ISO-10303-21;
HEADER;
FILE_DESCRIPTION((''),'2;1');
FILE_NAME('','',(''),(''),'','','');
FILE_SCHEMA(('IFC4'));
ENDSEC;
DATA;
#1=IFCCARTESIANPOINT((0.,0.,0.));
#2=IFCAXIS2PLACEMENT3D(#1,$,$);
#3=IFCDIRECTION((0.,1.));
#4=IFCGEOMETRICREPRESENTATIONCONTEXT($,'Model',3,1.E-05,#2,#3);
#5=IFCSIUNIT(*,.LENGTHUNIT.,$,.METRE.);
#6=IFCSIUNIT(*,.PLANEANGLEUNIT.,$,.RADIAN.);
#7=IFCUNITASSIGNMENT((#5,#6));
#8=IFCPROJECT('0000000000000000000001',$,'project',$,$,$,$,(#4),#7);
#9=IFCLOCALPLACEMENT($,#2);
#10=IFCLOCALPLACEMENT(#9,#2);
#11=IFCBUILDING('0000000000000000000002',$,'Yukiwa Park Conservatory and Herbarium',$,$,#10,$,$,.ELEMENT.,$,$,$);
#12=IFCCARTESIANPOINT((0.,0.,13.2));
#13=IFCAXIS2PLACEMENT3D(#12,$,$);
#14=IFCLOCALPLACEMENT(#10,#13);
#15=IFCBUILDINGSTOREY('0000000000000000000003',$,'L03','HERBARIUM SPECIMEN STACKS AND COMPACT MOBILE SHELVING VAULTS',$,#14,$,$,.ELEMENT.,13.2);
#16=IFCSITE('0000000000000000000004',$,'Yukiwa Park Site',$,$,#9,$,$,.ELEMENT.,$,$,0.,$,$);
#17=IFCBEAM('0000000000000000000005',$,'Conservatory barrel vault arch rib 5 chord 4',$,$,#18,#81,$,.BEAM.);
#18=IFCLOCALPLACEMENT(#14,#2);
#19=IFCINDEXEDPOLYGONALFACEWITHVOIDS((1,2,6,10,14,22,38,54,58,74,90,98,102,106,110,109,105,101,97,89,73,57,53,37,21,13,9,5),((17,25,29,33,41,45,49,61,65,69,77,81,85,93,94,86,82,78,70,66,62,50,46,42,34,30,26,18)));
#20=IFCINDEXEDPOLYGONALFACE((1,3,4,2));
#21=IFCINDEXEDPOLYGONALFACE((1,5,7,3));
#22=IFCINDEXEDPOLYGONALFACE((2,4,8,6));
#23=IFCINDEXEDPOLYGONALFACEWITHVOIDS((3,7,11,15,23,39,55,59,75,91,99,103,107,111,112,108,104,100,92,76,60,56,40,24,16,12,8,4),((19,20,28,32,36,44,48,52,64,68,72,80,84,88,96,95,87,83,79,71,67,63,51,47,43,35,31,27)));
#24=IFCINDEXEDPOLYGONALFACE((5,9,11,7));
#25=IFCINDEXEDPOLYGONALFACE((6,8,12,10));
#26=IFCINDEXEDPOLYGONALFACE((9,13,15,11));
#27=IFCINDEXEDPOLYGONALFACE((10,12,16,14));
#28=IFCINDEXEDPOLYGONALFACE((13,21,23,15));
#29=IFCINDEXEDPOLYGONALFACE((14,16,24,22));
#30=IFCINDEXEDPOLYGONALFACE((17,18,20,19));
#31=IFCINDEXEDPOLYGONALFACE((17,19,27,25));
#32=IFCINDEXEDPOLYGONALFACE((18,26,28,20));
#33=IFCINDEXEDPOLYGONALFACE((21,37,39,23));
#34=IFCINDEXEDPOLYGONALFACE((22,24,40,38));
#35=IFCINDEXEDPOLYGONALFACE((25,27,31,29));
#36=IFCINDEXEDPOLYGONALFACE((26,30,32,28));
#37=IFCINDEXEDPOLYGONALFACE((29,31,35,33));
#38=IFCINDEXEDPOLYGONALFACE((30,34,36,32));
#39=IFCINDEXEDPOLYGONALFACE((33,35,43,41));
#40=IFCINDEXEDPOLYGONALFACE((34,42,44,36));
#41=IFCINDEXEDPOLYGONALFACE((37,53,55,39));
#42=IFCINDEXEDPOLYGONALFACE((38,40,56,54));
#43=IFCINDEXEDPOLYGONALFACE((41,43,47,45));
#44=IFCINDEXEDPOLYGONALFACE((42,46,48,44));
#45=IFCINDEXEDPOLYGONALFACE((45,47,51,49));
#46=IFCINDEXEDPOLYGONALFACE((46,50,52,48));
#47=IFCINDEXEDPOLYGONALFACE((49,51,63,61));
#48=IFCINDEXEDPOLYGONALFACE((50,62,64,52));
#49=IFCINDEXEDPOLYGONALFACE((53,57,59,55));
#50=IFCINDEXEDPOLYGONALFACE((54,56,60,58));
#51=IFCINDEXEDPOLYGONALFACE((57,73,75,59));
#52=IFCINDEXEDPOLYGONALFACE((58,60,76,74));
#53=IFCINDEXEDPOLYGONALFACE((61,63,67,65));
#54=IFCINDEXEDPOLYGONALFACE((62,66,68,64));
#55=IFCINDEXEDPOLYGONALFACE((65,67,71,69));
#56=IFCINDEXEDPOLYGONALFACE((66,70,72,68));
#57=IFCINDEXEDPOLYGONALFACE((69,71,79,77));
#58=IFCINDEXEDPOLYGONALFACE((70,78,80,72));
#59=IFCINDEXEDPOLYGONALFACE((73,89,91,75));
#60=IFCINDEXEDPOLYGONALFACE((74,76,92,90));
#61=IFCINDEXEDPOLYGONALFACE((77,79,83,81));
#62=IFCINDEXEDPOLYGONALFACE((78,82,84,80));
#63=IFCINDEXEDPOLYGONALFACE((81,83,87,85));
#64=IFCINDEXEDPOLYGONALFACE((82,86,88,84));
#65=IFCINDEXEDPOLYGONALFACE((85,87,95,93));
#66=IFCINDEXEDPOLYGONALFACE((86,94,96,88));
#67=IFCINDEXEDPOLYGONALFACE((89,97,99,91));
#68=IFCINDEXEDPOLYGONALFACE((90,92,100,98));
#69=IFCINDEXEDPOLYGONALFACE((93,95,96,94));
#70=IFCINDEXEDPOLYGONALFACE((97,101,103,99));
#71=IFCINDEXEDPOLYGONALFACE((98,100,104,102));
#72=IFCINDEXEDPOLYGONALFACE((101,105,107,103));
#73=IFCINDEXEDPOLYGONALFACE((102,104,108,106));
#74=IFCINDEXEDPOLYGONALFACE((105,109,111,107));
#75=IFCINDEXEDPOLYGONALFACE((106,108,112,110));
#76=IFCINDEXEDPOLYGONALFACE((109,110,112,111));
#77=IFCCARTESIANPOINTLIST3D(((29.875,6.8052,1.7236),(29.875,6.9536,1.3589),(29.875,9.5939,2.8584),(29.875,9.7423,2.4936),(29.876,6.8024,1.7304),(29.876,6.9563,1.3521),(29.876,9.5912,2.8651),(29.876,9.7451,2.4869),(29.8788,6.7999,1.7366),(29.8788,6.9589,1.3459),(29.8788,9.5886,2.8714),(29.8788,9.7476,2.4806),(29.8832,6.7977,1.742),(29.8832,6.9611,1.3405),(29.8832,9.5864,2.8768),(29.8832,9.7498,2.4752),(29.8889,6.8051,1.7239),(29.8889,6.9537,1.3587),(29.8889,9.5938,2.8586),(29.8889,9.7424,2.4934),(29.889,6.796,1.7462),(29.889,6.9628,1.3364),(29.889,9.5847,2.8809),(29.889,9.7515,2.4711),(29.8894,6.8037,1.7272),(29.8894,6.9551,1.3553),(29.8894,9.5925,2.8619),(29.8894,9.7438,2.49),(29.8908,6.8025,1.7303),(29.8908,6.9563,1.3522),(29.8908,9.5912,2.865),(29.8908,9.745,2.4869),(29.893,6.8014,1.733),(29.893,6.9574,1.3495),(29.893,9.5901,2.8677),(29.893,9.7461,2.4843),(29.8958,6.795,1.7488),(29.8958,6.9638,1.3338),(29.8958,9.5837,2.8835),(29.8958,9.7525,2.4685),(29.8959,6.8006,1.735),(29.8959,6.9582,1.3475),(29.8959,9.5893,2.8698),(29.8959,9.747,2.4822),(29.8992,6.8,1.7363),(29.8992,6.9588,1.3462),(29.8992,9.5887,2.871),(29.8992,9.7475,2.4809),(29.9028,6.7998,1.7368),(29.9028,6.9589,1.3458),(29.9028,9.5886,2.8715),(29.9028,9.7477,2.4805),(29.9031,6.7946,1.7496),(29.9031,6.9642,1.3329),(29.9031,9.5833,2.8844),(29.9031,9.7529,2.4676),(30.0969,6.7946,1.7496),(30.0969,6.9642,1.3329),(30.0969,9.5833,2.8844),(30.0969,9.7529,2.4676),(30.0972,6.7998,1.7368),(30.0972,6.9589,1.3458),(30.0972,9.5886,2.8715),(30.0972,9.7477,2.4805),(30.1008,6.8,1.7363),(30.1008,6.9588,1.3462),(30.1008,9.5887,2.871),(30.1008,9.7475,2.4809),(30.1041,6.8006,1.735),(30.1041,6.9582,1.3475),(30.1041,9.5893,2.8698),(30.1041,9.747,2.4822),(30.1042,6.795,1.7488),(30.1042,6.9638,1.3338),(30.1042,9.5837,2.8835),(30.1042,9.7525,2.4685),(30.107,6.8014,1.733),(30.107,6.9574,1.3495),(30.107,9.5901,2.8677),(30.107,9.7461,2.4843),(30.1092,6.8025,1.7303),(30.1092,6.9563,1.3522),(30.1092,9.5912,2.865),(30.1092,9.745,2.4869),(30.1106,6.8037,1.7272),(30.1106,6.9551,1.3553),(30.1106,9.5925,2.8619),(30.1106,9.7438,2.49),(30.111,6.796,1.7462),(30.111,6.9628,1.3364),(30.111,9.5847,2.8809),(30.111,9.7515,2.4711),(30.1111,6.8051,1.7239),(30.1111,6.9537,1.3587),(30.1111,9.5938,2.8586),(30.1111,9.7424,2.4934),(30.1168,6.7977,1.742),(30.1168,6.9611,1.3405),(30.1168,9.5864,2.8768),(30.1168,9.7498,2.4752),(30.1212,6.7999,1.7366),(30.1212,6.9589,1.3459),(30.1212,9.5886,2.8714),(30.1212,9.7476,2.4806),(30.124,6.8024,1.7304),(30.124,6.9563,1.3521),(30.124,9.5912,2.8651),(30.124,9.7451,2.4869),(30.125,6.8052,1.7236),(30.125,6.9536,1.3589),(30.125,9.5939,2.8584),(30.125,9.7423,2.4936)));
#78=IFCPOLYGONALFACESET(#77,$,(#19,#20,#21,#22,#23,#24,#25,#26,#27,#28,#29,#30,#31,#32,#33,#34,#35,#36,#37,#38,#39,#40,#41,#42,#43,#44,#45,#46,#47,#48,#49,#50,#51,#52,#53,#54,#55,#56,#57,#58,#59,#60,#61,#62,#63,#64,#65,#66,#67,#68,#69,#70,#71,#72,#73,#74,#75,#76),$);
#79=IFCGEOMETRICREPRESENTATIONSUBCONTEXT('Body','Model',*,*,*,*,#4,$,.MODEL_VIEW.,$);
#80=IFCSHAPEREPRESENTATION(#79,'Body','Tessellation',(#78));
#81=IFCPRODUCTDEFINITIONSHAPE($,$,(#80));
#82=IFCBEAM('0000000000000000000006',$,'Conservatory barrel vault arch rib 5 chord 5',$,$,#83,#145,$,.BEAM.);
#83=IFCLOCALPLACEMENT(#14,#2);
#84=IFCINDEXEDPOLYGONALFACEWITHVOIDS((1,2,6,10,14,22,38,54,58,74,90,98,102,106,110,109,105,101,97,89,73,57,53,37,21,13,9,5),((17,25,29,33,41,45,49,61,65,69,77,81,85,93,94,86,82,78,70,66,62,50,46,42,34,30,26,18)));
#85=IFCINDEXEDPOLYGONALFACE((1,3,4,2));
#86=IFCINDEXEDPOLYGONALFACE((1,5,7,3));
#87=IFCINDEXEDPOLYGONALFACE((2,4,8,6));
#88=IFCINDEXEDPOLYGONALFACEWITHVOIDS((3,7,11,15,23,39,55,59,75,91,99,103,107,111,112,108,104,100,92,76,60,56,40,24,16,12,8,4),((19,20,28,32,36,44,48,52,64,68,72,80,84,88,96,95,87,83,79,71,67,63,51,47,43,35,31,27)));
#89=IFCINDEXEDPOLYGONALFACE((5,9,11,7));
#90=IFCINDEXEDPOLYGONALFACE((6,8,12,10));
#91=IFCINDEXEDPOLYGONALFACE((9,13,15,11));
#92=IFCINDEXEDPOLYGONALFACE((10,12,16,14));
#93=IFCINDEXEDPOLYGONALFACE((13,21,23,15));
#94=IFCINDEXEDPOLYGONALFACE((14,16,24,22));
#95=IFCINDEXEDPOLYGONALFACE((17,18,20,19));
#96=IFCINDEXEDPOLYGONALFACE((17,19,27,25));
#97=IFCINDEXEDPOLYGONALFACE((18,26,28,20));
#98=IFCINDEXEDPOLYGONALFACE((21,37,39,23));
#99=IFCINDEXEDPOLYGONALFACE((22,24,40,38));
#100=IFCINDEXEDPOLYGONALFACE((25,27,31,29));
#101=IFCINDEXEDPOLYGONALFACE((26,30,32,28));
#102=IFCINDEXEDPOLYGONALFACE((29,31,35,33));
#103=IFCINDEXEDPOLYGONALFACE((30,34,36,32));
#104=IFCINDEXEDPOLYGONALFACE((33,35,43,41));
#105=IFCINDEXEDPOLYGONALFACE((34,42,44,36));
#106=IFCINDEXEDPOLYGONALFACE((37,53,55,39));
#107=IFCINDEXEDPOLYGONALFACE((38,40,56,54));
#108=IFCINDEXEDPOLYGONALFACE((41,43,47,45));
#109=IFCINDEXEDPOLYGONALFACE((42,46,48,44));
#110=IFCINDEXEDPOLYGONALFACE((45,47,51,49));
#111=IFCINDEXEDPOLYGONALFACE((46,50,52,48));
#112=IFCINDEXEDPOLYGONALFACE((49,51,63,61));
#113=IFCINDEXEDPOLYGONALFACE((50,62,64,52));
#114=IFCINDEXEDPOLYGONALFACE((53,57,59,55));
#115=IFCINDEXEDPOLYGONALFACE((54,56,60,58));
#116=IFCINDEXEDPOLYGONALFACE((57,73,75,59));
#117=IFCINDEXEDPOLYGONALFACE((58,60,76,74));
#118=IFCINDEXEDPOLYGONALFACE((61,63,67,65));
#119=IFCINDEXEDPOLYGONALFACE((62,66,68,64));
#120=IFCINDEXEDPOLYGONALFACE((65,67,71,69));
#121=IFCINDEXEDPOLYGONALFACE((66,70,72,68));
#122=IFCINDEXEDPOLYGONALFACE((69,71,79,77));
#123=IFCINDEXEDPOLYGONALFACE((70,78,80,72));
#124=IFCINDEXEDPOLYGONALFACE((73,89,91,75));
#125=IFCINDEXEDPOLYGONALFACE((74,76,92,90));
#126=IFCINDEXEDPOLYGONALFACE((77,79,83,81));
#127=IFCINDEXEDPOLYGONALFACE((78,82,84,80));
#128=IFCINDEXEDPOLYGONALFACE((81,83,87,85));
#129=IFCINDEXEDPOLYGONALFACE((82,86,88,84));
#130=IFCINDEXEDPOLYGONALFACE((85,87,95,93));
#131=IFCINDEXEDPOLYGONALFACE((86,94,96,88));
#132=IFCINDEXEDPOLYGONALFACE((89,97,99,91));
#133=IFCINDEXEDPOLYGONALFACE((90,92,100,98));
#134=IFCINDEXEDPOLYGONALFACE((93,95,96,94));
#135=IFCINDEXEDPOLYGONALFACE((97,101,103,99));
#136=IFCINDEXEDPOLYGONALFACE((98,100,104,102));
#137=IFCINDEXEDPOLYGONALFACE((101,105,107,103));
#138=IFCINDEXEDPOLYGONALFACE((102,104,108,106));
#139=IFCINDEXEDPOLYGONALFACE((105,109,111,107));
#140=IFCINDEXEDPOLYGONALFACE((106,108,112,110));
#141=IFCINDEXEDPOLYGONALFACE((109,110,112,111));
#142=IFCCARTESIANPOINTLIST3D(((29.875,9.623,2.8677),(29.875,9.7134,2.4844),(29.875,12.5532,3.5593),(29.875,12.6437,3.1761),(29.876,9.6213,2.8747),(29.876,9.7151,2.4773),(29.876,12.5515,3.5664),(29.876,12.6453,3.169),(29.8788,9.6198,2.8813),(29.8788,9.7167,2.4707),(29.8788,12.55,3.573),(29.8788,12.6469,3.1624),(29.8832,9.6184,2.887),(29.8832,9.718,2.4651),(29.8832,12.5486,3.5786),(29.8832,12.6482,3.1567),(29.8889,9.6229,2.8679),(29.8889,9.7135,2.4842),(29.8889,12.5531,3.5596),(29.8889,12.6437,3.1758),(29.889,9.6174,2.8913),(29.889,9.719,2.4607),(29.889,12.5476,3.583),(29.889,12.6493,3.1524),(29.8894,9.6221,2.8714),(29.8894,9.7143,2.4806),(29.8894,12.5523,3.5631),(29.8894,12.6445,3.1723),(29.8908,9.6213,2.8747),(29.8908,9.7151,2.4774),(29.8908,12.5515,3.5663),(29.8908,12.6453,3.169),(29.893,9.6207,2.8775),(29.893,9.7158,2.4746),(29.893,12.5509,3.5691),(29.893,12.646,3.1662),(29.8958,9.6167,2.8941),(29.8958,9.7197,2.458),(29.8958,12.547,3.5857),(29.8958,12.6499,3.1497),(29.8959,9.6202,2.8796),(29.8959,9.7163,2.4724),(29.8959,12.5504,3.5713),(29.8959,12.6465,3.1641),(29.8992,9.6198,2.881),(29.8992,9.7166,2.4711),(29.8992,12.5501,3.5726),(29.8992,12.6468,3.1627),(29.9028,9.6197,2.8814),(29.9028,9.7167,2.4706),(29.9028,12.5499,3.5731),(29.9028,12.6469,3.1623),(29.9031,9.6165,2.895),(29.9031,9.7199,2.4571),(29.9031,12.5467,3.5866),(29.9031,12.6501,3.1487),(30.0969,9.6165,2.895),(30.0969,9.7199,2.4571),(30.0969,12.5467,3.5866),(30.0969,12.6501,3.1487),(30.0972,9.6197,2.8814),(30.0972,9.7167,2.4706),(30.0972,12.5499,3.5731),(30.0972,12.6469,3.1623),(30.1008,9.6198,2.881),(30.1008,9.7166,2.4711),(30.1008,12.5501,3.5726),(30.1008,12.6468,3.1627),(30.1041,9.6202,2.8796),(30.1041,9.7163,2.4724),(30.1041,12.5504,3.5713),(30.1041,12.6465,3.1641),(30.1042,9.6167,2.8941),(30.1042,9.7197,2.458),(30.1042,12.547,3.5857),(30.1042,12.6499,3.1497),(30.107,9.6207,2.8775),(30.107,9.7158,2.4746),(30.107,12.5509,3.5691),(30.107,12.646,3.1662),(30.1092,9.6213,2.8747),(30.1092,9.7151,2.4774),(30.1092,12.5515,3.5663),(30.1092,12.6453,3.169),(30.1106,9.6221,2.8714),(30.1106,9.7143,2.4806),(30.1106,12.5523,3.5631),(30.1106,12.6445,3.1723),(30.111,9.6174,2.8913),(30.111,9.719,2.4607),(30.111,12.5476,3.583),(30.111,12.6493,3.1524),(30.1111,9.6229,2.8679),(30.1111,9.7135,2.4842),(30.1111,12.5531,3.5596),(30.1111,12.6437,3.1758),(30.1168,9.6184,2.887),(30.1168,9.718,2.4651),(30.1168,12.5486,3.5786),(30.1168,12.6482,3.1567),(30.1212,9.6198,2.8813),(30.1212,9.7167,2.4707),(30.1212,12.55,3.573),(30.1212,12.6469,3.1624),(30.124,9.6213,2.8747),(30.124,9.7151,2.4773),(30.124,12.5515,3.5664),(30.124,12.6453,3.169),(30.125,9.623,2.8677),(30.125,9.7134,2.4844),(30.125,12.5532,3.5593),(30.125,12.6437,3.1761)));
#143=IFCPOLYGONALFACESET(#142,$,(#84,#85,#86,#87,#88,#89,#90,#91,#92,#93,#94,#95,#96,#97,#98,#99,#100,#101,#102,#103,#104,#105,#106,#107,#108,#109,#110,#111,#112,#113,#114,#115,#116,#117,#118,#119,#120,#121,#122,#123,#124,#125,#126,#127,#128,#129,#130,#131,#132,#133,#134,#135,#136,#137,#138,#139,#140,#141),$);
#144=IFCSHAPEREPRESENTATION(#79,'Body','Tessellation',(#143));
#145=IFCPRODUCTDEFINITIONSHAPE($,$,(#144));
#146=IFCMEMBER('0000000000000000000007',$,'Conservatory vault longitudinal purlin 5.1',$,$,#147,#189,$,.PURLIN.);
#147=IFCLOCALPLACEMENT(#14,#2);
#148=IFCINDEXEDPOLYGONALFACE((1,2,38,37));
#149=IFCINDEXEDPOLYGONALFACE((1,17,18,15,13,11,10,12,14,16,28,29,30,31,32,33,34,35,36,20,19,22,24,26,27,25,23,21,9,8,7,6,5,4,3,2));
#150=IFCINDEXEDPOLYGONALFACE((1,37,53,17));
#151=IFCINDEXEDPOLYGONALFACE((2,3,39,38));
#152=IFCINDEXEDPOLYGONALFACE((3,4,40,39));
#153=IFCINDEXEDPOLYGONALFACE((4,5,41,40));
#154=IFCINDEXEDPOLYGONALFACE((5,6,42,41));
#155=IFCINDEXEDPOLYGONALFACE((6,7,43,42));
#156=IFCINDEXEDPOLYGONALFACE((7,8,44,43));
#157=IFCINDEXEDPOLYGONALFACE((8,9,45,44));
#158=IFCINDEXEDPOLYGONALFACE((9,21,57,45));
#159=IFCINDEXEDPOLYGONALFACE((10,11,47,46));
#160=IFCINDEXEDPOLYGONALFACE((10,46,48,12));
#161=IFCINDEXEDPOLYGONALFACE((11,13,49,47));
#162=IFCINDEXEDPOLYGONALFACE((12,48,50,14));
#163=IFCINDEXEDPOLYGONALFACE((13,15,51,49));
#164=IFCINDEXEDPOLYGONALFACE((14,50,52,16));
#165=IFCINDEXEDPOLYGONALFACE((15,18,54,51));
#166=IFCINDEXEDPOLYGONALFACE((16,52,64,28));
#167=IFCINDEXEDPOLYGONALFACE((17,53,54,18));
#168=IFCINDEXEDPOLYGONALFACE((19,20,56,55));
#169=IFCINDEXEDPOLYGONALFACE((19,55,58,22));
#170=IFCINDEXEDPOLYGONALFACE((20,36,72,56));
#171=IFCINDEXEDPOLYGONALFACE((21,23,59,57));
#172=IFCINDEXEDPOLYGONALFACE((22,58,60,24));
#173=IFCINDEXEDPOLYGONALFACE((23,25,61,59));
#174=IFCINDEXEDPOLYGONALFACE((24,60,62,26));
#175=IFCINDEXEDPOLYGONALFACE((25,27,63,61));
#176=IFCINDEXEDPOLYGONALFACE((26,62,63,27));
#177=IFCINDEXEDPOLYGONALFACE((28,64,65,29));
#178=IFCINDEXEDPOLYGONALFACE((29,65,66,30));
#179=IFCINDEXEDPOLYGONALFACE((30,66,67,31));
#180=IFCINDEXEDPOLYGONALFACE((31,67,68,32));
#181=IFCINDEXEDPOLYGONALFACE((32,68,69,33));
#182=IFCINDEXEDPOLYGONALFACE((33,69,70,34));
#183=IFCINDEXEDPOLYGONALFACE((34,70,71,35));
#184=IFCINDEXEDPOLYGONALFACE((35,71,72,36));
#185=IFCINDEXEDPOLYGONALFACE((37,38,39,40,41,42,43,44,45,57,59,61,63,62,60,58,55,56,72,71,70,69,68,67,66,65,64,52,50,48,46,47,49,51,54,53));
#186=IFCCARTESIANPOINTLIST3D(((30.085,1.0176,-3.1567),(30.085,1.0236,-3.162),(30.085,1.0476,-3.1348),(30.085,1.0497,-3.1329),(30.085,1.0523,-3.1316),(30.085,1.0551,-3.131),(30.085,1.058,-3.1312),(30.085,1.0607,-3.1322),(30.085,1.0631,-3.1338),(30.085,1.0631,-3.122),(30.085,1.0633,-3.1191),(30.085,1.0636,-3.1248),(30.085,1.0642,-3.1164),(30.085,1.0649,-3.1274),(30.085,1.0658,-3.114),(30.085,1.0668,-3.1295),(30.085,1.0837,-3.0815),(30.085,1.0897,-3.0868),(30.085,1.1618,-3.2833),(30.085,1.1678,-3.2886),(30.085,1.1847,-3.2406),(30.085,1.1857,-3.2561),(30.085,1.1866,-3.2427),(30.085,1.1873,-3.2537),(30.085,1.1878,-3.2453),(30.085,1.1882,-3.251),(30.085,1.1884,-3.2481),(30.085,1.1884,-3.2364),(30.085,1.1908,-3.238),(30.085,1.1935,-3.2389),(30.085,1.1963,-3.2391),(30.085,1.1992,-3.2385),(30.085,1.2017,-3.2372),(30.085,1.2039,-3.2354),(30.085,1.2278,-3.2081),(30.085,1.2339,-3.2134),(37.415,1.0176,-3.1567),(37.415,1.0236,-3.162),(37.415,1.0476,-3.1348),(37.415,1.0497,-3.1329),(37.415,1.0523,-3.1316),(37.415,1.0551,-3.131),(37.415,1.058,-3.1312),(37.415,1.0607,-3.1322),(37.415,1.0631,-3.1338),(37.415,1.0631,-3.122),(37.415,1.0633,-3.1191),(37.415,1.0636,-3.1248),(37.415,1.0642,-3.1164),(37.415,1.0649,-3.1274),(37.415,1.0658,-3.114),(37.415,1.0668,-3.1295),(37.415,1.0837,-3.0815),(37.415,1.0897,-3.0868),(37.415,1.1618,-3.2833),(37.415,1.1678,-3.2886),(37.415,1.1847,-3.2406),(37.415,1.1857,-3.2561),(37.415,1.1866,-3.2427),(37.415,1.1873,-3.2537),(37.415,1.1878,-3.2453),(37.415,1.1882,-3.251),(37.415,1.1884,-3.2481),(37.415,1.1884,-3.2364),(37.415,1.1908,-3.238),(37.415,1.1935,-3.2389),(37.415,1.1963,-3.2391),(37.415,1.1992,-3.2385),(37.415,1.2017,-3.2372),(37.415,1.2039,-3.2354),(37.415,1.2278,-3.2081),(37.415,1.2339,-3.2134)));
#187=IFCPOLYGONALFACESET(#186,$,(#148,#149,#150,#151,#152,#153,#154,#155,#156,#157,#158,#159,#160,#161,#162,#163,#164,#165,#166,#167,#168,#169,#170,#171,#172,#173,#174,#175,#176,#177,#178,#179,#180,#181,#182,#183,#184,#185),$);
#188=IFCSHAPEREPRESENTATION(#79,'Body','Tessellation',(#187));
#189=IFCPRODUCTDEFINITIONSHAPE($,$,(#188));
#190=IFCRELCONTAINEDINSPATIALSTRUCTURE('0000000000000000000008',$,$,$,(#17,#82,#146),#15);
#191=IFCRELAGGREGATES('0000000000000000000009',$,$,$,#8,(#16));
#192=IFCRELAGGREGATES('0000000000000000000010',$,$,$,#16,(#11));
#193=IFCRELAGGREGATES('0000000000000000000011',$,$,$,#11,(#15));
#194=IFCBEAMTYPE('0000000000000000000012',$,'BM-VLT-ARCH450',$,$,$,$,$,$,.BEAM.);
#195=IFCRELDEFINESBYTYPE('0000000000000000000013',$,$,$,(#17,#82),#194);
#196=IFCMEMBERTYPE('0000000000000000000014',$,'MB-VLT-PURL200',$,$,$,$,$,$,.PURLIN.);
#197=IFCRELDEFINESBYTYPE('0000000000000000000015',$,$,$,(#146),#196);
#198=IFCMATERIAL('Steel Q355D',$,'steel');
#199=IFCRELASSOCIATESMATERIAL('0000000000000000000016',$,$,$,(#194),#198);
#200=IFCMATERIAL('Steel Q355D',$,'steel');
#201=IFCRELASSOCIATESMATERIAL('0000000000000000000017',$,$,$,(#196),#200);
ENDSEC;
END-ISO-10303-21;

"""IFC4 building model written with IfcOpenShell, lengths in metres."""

from ifc_helpers import new_model, si_unit, direction, frame, origin, origin_2d, place, context, subcontext, project, spatial, hollow_rectangle, i_section, extrude, material, material_profile, profile_set, type_object, element, save


model = new_model("IFC4")

# Units and contexts
model_context = context("Model", 3, precision=1e-05, world=origin(), true_north=direction((0.0, 1.0)))
body_context = subcontext(model_context, "Body", "Model", "MODEL_VIEW")
ifc_project = project(units=[si_unit("LENGTHUNIT", "METRE"), si_unit("PLANEANGLEUNIT", "RADIAN")], contexts=[model_context])

# Site, building, storey
site_placement = place(None, origin())
site = spatial("IfcSite", under=ifc_project, at=site_placement, Name="Yukiwa Park Site", CompositionType="ELEMENT", RefElevation=0.0)
building_placement = place(site_placement, origin())
building = spatial("IfcBuilding", under=site, at=building_placement, Name="Yukiwa Park Conservatory and Herbarium", CompositionType="ELEMENT")
storey_placement = place(building_placement, frame((0.0, 0.0, 13.2)))
storey = spatial("IfcBuildingStorey", under=building, at=storey_placement, Name="L03", Description="HERBARIUM SPECIMEN STACKS AND COMPACT MOBILE SHELVING VAULTS", CompositionType="ELEMENT", Elevation=13.2)

# Beams
ifc_material_1 = material(Name="Steel Q355D", Category="steel")
ifc_material_profile_1 = material_profile(ifc_material_1, hollow_rectangle(XDim=0.25, YDim=0.45, WallThickness=0.0139, InnerFilletRadius=0.0139, OuterFilletRadius=0.0281, at=origin_2d()), Name="RHS 450x250x14")
ifc_profile_set_1 = profile_set([ifc_material_profile_1], Name="Steel Q355D")
beam_type = type_object("IfcBeamType", Name="BM-VLT-ARCH450", PredefinedType="BEAM", material=ifc_profile_set_1)
for number, where, z_axis, x_axis, name in (
    (1, (30.0, 6.8794, 1.5413), (0.0, 0.926257, 0.376892), (-1.0, 0.0, 0.0), "Conservatory barrel vault arch rib 5 chord 4"),
    (2, (30.0, 9.6682, 2.676), (0.0, 0.973254, 0.229731), (-1.0, 0.0, 0.0), "Conservatory barrel vault arch rib 5 chord 5"),
):
    element("IfcBeam", number, at=place(storey_placement, frame(where, z_axis=z_axis, x_axis=x_axis)), inside=storey, type_object=beam_type, Name=name, PredefinedType="BEAM", context=body_context, shape_type="SweptSolid", body=[
        extrude(hollow_rectangle(XDim=0.25, YDim=0.45, WallThickness=0.0139, InnerFilletRadius=0.0139, OuterFilletRadius=0.0281, at=origin_2d()), origin(), (0.0, 0.0, 1.0), 3.0107),
    ])

# Member
ifc_material_2 = material(Name="Steel Q355D", Category="steel")
ifc_material_profile_2 = material_profile(ifc_material_2, i_section(OverallWidth=0.1001, OverallDepth=0.2, WebThickness=0.0056, FlangeThickness=0.0081, FilletRadius=0.011, at=origin_2d()), Name="HN 200x100x5.5x8")
ifc_profile_set_2 = profile_set([ifc_material_profile_2], Name="Steel Q355D")
member_type_1 = type_object("IfcMemberType", Name="MB-VLT-PURL200", PredefinedType="PURLIN", material=ifc_profile_set_2)
for number, where, z_axis, x_axis, name in (
    (3, (30.085, 1.1257, -3.1851), (1.0, 0.0, 0.0), (0.0, 0.659968, 0.751294), "Conservatory vault longitudinal purlin 5.1"),
):
    element("IfcMember", number, at=place(storey_placement, frame(where, z_axis=z_axis, x_axis=x_axis)), inside=storey, type_object=member_type_1, Name=name, PredefinedType="PURLIN", context=body_context, shape_type="SweptSolid", body=[
        extrude(i_section(OverallWidth=0.1001, OverallDepth=0.2, WebThickness=0.0056, FlangeThickness=0.0081, FilletRadius=0.011, at=origin_2d()), origin(), (0.0, 0.0, 1.0), 7.3301),
    ])

save(model, "model.ifc")
